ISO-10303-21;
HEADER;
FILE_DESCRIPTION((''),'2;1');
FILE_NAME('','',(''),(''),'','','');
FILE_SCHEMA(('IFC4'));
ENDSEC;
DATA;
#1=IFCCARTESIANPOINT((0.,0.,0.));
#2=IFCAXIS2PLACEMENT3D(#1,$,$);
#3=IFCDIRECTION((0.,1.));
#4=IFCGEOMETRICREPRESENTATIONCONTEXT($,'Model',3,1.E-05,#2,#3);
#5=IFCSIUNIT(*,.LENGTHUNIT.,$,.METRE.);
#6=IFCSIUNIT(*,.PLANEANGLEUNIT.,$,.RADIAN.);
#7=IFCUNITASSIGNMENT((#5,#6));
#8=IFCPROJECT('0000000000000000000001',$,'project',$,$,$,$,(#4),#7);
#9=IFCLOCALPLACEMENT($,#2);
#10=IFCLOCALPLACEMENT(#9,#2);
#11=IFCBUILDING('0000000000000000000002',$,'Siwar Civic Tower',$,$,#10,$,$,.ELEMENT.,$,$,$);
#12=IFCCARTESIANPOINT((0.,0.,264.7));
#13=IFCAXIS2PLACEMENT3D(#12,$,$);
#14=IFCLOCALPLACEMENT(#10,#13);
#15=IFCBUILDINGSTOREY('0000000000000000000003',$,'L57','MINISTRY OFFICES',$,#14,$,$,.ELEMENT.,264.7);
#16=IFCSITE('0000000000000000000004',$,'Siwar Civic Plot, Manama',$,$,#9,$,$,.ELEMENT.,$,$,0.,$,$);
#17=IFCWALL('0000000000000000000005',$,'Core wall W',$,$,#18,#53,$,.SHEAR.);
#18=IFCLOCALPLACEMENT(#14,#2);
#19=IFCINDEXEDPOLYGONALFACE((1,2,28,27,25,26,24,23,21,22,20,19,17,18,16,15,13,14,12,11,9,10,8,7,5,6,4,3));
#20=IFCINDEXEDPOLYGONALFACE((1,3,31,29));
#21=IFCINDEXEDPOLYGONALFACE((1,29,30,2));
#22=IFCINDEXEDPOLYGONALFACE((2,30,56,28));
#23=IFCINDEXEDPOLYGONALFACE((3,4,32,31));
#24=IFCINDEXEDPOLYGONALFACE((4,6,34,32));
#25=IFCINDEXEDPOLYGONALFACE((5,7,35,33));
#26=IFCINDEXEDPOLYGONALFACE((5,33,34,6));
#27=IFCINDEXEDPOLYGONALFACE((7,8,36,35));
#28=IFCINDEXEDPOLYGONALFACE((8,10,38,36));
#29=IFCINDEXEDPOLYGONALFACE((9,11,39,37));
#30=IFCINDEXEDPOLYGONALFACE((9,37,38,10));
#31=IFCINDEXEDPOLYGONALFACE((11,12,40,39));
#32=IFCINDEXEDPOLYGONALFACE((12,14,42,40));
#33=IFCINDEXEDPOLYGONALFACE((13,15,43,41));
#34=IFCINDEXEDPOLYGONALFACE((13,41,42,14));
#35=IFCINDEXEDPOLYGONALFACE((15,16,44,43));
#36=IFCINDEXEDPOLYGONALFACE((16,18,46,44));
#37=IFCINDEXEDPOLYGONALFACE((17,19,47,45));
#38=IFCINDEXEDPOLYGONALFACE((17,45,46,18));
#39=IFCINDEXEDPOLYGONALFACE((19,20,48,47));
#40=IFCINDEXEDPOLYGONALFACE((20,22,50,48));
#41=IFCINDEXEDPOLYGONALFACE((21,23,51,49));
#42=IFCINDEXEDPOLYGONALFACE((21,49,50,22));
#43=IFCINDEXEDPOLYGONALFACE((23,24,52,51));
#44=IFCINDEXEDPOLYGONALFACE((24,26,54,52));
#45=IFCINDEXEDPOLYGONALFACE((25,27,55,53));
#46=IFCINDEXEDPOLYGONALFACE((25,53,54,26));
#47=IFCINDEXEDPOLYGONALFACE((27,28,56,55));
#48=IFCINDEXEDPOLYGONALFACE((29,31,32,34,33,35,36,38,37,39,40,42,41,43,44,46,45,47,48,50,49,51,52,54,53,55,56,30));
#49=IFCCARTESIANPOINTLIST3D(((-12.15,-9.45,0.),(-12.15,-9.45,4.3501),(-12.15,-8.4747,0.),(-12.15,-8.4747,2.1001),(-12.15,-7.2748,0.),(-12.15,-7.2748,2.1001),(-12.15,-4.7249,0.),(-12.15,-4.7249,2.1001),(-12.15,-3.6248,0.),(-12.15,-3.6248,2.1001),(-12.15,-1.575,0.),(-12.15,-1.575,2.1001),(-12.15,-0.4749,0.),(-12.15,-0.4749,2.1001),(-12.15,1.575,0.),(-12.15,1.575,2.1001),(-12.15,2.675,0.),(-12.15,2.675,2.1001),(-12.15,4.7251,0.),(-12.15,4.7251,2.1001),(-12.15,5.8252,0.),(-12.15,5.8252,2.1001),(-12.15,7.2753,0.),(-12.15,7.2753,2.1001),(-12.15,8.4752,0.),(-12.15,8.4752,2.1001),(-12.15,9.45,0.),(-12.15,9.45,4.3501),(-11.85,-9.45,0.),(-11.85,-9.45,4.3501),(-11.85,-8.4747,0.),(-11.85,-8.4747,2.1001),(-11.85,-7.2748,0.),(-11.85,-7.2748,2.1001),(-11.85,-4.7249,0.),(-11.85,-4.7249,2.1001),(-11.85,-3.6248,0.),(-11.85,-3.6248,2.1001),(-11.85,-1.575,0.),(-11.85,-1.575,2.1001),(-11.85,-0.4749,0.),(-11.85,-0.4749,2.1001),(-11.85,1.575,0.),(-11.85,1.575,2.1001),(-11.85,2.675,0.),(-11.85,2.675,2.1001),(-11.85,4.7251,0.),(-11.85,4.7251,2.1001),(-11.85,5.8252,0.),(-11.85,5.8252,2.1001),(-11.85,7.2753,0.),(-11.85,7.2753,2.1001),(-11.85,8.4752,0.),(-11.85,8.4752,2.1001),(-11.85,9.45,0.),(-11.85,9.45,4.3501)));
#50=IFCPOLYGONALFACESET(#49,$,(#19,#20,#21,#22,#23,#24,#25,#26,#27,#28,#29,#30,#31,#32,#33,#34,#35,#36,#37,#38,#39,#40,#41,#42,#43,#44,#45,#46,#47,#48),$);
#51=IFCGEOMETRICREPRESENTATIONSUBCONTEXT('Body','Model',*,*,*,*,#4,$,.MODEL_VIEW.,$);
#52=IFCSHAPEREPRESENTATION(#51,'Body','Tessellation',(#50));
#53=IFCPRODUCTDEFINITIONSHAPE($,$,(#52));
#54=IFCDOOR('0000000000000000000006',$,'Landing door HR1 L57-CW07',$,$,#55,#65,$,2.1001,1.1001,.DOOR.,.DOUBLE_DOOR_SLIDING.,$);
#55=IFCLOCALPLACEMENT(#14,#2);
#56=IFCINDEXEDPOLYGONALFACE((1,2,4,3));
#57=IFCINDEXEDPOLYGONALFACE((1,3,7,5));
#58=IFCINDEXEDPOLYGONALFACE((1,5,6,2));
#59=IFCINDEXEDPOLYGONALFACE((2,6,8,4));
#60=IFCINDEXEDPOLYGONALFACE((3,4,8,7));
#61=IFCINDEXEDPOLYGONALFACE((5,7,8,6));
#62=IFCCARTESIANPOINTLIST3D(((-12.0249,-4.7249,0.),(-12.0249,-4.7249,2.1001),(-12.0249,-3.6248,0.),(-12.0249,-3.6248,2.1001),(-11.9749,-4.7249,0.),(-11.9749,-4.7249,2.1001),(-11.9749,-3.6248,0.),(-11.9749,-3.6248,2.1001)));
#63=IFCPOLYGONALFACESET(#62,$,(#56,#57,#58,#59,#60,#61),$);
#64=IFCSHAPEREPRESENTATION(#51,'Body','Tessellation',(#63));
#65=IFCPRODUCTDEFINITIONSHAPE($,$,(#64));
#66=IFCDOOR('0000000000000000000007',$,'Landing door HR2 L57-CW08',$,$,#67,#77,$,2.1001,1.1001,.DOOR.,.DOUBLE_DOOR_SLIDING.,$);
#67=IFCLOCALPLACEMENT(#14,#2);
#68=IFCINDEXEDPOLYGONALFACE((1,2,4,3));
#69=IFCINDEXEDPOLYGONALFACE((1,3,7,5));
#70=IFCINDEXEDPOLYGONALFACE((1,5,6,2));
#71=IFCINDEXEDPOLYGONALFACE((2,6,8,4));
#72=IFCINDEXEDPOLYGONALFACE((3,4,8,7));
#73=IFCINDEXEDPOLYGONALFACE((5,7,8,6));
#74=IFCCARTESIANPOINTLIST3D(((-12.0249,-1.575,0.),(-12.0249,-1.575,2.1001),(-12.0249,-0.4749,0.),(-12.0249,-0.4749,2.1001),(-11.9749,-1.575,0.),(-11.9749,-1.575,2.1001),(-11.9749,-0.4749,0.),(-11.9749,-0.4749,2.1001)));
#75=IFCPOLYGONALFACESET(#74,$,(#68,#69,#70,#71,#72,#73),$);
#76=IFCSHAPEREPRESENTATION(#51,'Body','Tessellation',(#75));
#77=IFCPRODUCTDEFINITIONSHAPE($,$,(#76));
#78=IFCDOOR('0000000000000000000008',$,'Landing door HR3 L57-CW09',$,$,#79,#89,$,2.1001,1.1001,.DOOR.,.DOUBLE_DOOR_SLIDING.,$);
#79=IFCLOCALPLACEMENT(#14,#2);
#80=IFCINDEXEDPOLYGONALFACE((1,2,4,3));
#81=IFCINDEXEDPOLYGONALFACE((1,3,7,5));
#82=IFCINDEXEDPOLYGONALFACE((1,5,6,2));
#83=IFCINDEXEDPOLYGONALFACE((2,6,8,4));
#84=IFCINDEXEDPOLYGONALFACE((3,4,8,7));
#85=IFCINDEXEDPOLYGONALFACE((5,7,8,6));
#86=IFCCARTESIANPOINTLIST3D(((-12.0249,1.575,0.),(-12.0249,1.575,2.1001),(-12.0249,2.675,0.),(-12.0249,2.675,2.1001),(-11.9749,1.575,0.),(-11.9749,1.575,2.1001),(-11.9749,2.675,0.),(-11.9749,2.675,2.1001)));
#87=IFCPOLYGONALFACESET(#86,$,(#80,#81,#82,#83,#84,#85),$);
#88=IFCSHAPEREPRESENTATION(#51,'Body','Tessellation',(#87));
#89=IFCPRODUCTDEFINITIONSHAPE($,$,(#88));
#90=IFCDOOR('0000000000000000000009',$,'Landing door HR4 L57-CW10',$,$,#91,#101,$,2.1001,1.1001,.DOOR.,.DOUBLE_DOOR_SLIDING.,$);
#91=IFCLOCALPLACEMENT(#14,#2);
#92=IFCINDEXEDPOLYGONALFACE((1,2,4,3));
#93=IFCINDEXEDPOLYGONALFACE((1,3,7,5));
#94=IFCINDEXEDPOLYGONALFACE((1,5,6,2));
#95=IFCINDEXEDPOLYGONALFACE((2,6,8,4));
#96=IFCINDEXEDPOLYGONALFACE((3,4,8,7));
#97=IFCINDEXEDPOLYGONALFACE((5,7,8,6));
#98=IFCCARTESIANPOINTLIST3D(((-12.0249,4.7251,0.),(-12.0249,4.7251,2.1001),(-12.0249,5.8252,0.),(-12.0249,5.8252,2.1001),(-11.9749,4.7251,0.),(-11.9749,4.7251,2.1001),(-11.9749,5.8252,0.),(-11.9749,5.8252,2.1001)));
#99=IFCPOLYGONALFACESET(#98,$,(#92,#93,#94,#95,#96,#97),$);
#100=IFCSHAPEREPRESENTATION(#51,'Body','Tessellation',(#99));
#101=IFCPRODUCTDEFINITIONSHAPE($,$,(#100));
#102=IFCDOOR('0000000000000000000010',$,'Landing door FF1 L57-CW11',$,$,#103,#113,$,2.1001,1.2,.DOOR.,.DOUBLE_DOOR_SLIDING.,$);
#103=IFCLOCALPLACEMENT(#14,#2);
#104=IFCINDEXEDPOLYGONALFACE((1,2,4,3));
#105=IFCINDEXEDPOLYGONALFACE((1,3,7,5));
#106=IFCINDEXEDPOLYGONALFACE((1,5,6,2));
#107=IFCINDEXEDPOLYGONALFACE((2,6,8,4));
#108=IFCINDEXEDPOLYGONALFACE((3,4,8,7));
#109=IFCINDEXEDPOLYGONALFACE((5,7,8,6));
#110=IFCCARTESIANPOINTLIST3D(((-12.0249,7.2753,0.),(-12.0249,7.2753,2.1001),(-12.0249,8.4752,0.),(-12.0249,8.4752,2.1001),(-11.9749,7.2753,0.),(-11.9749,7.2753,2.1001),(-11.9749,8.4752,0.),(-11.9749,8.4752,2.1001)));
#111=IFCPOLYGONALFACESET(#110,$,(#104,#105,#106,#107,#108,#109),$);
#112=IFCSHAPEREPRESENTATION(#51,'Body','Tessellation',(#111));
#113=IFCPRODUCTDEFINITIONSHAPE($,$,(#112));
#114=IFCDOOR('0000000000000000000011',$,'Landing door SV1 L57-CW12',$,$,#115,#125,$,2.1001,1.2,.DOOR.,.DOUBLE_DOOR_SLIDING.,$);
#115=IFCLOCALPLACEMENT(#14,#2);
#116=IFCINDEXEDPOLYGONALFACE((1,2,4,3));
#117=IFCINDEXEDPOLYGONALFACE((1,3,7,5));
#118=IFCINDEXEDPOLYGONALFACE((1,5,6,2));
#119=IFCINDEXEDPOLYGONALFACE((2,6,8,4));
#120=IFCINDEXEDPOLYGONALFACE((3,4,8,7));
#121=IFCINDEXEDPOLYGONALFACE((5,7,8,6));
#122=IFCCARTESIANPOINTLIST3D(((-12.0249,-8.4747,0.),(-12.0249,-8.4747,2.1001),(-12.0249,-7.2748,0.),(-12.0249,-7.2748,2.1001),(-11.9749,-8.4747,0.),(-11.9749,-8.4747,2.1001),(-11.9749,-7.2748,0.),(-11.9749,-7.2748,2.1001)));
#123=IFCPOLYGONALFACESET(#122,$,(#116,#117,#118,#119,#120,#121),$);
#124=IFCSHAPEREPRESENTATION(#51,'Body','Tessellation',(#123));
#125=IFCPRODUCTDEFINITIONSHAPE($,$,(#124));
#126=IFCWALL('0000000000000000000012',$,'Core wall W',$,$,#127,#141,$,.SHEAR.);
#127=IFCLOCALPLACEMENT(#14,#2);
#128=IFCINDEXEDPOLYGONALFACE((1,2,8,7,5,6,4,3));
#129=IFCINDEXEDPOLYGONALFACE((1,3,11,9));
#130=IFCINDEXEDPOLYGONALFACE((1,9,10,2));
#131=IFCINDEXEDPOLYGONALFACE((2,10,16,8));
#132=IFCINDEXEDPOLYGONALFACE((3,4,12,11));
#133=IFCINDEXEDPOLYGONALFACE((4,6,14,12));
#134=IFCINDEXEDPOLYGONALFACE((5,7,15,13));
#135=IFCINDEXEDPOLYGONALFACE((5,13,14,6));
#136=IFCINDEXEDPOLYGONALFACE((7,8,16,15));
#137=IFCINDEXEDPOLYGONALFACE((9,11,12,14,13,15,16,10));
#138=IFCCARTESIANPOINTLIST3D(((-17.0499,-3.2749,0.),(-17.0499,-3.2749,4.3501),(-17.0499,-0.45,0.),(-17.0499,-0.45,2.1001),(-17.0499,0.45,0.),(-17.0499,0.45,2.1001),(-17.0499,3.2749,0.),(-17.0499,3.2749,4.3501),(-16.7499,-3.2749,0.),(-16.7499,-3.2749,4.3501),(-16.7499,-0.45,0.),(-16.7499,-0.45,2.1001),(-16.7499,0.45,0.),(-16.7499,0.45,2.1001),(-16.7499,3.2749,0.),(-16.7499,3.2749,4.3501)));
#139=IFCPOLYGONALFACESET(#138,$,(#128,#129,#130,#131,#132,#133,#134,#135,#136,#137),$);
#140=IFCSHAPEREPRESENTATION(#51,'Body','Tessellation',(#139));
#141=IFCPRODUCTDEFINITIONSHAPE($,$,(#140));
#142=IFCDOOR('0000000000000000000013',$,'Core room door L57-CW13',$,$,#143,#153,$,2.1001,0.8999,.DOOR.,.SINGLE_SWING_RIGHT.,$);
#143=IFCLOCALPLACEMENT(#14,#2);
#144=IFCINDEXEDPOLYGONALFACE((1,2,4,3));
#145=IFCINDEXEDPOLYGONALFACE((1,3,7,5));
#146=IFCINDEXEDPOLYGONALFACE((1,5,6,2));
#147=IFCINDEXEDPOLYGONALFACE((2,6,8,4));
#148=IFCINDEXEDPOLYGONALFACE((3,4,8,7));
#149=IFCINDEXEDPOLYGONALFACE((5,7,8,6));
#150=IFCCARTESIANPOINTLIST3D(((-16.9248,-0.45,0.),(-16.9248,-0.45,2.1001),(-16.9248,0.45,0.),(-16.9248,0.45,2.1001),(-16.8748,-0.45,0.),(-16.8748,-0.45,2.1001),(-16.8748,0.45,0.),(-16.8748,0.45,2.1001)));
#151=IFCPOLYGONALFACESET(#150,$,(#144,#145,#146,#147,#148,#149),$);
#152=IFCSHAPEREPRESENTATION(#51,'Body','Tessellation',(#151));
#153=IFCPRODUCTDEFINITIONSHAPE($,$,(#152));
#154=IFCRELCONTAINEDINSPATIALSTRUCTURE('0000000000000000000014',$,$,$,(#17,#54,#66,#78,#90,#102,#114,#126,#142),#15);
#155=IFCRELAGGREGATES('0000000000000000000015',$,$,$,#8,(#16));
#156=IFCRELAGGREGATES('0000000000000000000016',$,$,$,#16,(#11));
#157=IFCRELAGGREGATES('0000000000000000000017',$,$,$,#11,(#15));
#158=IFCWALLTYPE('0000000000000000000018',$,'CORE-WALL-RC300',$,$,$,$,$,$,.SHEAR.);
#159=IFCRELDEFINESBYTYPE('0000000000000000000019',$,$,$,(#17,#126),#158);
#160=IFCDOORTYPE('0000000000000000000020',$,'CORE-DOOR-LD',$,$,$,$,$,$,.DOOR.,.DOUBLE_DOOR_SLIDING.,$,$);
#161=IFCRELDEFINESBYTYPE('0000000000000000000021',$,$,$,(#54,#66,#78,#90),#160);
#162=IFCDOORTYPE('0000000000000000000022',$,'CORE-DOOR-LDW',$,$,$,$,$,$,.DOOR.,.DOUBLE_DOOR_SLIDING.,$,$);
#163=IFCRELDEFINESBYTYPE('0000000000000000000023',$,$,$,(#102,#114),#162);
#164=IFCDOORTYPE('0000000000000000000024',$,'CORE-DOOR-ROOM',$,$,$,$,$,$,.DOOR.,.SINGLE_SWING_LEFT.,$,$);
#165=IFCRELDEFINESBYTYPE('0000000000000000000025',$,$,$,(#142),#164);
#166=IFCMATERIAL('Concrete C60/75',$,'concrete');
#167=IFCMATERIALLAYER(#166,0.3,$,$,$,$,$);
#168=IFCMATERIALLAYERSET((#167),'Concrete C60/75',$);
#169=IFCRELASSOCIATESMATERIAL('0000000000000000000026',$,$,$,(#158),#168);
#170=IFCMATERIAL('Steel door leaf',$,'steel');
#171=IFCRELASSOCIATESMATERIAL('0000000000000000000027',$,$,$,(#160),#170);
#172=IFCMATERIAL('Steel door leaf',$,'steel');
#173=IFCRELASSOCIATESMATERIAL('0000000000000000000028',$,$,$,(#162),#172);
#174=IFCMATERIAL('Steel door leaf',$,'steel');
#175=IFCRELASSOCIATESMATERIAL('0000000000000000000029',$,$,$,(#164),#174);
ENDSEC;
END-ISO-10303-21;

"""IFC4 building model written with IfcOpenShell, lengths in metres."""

from ifc_helpers import new_model, si_unit, direction, frame, frame_2d, origin, place, context, subcontext, project, spatial, rectangle, extrude, material, layer, layer_set, type_object, element, fill, save


model = new_model("IFC4")

# Units and contexts
model_context = context("Model", 3, precision=1e-05, world=origin(), true_north=direction((0.0, 1.0)))
body_context = subcontext(model_context, "Body", "Model", "MODEL_VIEW")
ifc_project = project(units=[si_unit("LENGTHUNIT", "METRE"), si_unit("PLANEANGLEUNIT", "RADIAN")], contexts=[model_context])

# Site, building, storey
site_placement = place(None, origin())
site = spatial("IfcSite", under=ifc_project, at=site_placement, Name="Siwar Civic Plot, Manama", CompositionType="ELEMENT", RefElevation=0.0)
building_placement = place(site_placement, origin())
building = spatial("IfcBuilding", under=site, at=building_placement, Name="Siwar Civic Tower", CompositionType="ELEMENT")
storey_placement = place(building_placement, frame((0.0, 0.0, 264.7)))
storey = spatial("IfcBuildingStorey", under=building, at=storey_placement, Name="L57", Description="MINISTRY OFFICES", CompositionType="ELEMENT", Elevation=264.7)

# Wall, openings, doors
ifc_material_1 = material(Name="Concrete C60/75", Category="concrete")
ifc_layer_1 = layer(ifc_material_1, 0.3)
ifc_layer_set_1 = layer_set([ifc_layer_1], Name="Concrete C60/75")
wall_type_1 = type_object("IfcWallType", Name="CORE-WALL-RC300", PredefinedType="SHEAR", material=ifc_layer_set_1)
wall_1_placement = place(storey_placement, frame((-12.0, -9.45, 0.0), z_axis=(0.0, 0.0, 1.0), x_axis=(0.0, 1.0, 0.0)))
wall_1 = element("IfcWall", 1, at=wall_1_placement, inside=storey, type_object=wall_type_1, Name="Core wall W", PredefinedType="SHEAR", context=body_context, shape_type="SweptSolid", body=[
    extrude(rectangle(XDim=18.8999, YDim=0.3, at=frame_2d((9.45, 0.0))), origin(), (0.0, 0.0, 1.0), 4.3501),
])
opening_1_placement = place(wall_1_placement, frame((4.7251, 0.0, 0.0)))
opening_1 = element("IfcOpeningElement", 2, at=opening_1_placement, cuts=wall_1, PredefinedType="OPENING", context=body_context, shape_type="SweptSolid", body=[
    extrude(rectangle(XDim=1.1001, YDim=2.1001, at=frame_2d((0.55, 1.05))), frame((0.0, 0.1602, 0.0), z_axis=(0.0, -1.0, 0.0), x_axis=(1.0, 0.0, 0.0)), (0.0, 0.0, 1.0), 0.3201),
])
opening_2_placement = place(wall_1_placement, frame((7.875, 0.0, 0.0)))
opening_2 = element("IfcOpeningElement", 3, at=opening_2_placement, cuts=wall_1, PredefinedType="OPENING", context=body_context, shape_type="SweptSolid", body=[
    extrude(rectangle(XDim=1.1001, YDim=2.1001, at=frame_2d((0.55, 1.05))), frame((0.0, 0.1602, 0.0), z_axis=(0.0, -1.0, 0.0), x_axis=(1.0, 0.0, 0.0)), (0.0, 0.0, 1.0), 0.3201),
])
opening_3_placement = place(wall_1_placement, frame((11.0249, 0.0, 0.0)))
opening_3 = element("IfcOpeningElement", 4, at=opening_3_placement, cuts=wall_1, PredefinedType="OPENING", context=body_context, shape_type="SweptSolid", body=[
    extrude(rectangle(XDim=1.1001, YDim=2.1001, at=frame_2d((0.55, 1.05))), frame((0.0, 0.1602, 0.0), z_axis=(0.0, -1.0, 0.0), x_axis=(1.0, 0.0, 0.0)), (0.0, 0.0, 1.0), 0.3201),
])
opening_4_placement = place(wall_1_placement, frame((14.175, 0.0, 0.0)))
opening_4 = element("IfcOpeningElement", 5, at=opening_4_placement, cuts=wall_1, PredefinedType="OPENING", context=body_context, shape_type="SweptSolid", body=[
    extrude(rectangle(XDim=1.1001, YDim=2.1001, at=frame_2d((0.55, 1.05))), frame((0.0, 0.1602, 0.0), z_axis=(0.0, -1.0, 0.0), x_axis=(1.0, 0.0, 0.0)), (0.0, 0.0, 1.0), 0.3201),
])
opening_5_placement = place(wall_1_placement, frame((16.7251, 0.0, 0.0)))
opening_5 = element("IfcOpeningElement", 6, at=opening_5_placement, cuts=wall_1, PredefinedType="OPENING", context=body_context, shape_type="SweptSolid", body=[
    extrude(rectangle(XDim=1.2, YDim=2.1001, at=frame_2d((0.6001, 1.05))), frame((0.0, 0.1602, 0.0), z_axis=(0.0, -1.0, 0.0), x_axis=(1.0, 0.0, 0.0)), (0.0, 0.0, 1.0), 0.3201),
])
opening_6_placement = place(wall_1_placement, frame((0.9751, 0.0, 0.0)))
opening_6 = element("IfcOpeningElement", 7, at=opening_6_placement, cuts=wall_1, PredefinedType="OPENING", context=body_context, shape_type="SweptSolid", body=[
    extrude(rectangle(XDim=1.2, YDim=2.1001, at=frame_2d((0.6001, 1.05))), frame((0.0, 0.1602, 0.0), z_axis=(0.0, -1.0, 0.0), x_axis=(1.0, 0.0, 0.0)), (0.0, 0.0, 1.0), 0.3201),
])
ifc_material_2 = material(Name="Steel door leaf", Category="steel")
door_type_1 = type_object("IfcDoorType", Name="CORE-DOOR-LD", OperationType="DOUBLE_DOOR_SLIDING", PredefinedType="DOOR", material=ifc_material_2)
door_1_placement = place(opening_1_placement, origin())
door_1 = element("IfcDoor", 8, at=door_1_placement, inside=storey, type_object=door_type_1, Name="Landing door HR1 L57-CW07", OperationType="DOUBLE_DOOR_SLIDING", OverallHeight=2.1001, OverallWidth=1.1001, PredefinedType="DOOR", context=body_context, shape_type="SweptSolid", body=[
    extrude(rectangle(XDim=1.1001, YDim=2.1001, at=frame_2d((0.55, 1.05))), frame((0.0, 0.0249, 0.0), z_axis=(0.0, -1.0, 0.0), x_axis=(1.0, 0.0, 0.0)), (0.0, 0.0, 1.0), 0.05),
])
fill(opening_1, door_1)
door_2_placement = place(opening_2_placement, origin())
door_2 = element("IfcDoor", 9, at=door_2_placement, inside=storey, type_object=door_type_1, Name="Landing door HR2 L57-CW08", OperationType="DOUBLE_DOOR_SLIDING", OverallHeight=2.1001, OverallWidth=1.1001, PredefinedType="DOOR", context=body_context, shape_type="SweptSolid", body=[
    extrude(rectangle(XDim=1.1001, YDim=2.1001, at=frame_2d((0.55, 1.05))), frame((0.0, 0.0249, 0.0), z_axis=(0.0, -1.0, 0.0), x_axis=(1.0, 0.0, 0.0)), (0.0, 0.0, 1.0), 0.05),
])
fill(opening_2, door_2)
door_3_placement = place(opening_3_placement, origin())
door_3 = element("IfcDoor", 10, at=door_3_placement, inside=storey, type_object=door_type_1, Name="Landing door HR3 L57-CW09", OperationType="DOUBLE_DOOR_SLIDING", OverallHeight=2.1001, OverallWidth=1.1001, PredefinedType="DOOR", context=body_context, shape_type="SweptSolid", body=[
    extrude(rectangle(XDim=1.1001, YDim=2.1001, at=frame_2d((0.55, 1.05))), frame((0.0, 0.0249, 0.0), z_axis=(0.0, -1.0, 0.0), x_axis=(1.0, 0.0, 0.0)), (0.0, 0.0, 1.0), 0.05),
])
fill(opening_3, door_3)
door_4_placement = place(opening_4_placement, origin())
door_4 = element("IfcDoor", 11, at=door_4_placement, inside=storey, type_object=door_type_1, Name="Landing door HR4 L57-CW10", OperationType="DOUBLE_DOOR_SLIDING", OverallHeight=2.1001, OverallWidth=1.1001, PredefinedType="DOOR", context=body_context, shape_type="SweptSolid", body=[
    extrude(rectangle(XDim=1.1001, YDim=2.1001, at=frame_2d((0.55, 1.05))), frame((0.0, 0.0249, 0.0), z_axis=(0.0, -1.0, 0.0), x_axis=(1.0, 0.0, 0.0)), (0.0, 0.0, 1.0), 0.05),
])
fill(opening_4, door_4)
ifc_material_3 = material(Name="Steel door leaf", Category="steel")
door_type_2 = type_object("IfcDoorType", Name="CORE-DOOR-LDW", OperationType="DOUBLE_DOOR_SLIDING", PredefinedType="DOOR", material=ifc_material_3)
door_5_placement = place(opening_5_placement, origin())
door_5 = element("IfcDoor", 12, at=door_5_placement, inside=storey, type_object=door_type_2, Name="Landing door FF1 L57-CW11", OperationType="DOUBLE_DOOR_SLIDING", OverallHeight=2.1001, OverallWidth=1.2, PredefinedType="DOOR", context=body_context, shape_type="SweptSolid", body=[
    extrude(rectangle(XDim=1.2, YDim=2.1001, at=frame_2d((0.6001, 1.05))), frame((0.0, 0.0249, 0.0), z_axis=(0.0, -1.0, 0.0), x_axis=(1.0, 0.0, 0.0)), (0.0, 0.0, 1.0), 0.05),
])
fill(opening_5, door_5)
door_6_placement = place(opening_6_placement, origin())
door_6 = element("IfcDoor", 13, at=door_6_placement, inside=storey, type_object=door_type_2, Name="Landing door SV1 L57-CW12", OperationType="DOUBLE_DOOR_SLIDING", OverallHeight=2.1001, OverallWidth=1.2, PredefinedType="DOOR", context=body_context, shape_type="SweptSolid", body=[
    extrude(rectangle(XDim=1.2, YDim=2.1001, at=frame_2d((0.6001, 1.05))), frame((0.0, 0.0249, 0.0), z_axis=(0.0, -1.0, 0.0), x_axis=(1.0, 0.0, 0.0)), (0.0, 0.0, 1.0), 0.05),
])
fill(opening_6, door_6)

# Wall, opening, door
wall_2_placement = place(storey_placement, frame((-16.8999, -3.2749, 0.0), z_axis=(0.0, 0.0, 1.0), x_axis=(0.0, 1.0, 0.0)))
wall_2 = element("IfcWall", 14, at=wall_2_placement, inside=storey, type_object=wall_type_1, Name="Core wall W", PredefinedType="SHEAR", context=body_context, shape_type="SweptSolid", body=[
    extrude(rectangle(XDim=6.5498, YDim=0.3, at=frame_2d((3.2749, 0.0))), origin(), (0.0, 0.0, 1.0), 4.3501),
])
opening_7_placement = place(wall_2_placement, frame((2.825, 0.0, 0.0)))
opening_7 = element("IfcOpeningElement", 15, at=opening_7_placement, cuts=wall_2, PredefinedType="OPENING", context=body_context, shape_type="SweptSolid", body=[
    extrude(rectangle(XDim=0.8999, YDim=2.1001, at=frame_2d((0.45, 1.05))), frame((0.0, 0.1602, 0.0), z_axis=(0.0, -1.0, 0.0), x_axis=(1.0, 0.0, 0.0)), (0.0, 0.0, 1.0), 0.3201),
])
ifc_material_4 = material(Name="Steel door leaf", Category="steel")
door_type_3 = type_object("IfcDoorType", Name="CORE-DOOR-ROOM", OperationType="SINGLE_SWING_LEFT", PredefinedType="DOOR", material=ifc_material_4)
door_7_placement = place(opening_7_placement, origin())
door_7 = element("IfcDoor", 16, at=door_7_placement, inside=storey, type_object=door_type_3, Name="Core room door L57-CW13", OperationType="SINGLE_SWING_RIGHT", OverallHeight=2.1001, OverallWidth=0.8999, PredefinedType="DOOR", context=body_context, shape_type="SweptSolid", body=[
    extrude(rectangle(XDim=0.8999, YDim=2.1001, at=frame_2d((0.45, 1.05))), frame((0.0, 0.0249, 0.0), z_axis=(0.0, -1.0, 0.0), x_axis=(1.0, 0.0, 0.0)), (0.0, 0.0, 1.0), 0.05),
])
fill(opening_7, door_7)

save(model, "model.ifc")
